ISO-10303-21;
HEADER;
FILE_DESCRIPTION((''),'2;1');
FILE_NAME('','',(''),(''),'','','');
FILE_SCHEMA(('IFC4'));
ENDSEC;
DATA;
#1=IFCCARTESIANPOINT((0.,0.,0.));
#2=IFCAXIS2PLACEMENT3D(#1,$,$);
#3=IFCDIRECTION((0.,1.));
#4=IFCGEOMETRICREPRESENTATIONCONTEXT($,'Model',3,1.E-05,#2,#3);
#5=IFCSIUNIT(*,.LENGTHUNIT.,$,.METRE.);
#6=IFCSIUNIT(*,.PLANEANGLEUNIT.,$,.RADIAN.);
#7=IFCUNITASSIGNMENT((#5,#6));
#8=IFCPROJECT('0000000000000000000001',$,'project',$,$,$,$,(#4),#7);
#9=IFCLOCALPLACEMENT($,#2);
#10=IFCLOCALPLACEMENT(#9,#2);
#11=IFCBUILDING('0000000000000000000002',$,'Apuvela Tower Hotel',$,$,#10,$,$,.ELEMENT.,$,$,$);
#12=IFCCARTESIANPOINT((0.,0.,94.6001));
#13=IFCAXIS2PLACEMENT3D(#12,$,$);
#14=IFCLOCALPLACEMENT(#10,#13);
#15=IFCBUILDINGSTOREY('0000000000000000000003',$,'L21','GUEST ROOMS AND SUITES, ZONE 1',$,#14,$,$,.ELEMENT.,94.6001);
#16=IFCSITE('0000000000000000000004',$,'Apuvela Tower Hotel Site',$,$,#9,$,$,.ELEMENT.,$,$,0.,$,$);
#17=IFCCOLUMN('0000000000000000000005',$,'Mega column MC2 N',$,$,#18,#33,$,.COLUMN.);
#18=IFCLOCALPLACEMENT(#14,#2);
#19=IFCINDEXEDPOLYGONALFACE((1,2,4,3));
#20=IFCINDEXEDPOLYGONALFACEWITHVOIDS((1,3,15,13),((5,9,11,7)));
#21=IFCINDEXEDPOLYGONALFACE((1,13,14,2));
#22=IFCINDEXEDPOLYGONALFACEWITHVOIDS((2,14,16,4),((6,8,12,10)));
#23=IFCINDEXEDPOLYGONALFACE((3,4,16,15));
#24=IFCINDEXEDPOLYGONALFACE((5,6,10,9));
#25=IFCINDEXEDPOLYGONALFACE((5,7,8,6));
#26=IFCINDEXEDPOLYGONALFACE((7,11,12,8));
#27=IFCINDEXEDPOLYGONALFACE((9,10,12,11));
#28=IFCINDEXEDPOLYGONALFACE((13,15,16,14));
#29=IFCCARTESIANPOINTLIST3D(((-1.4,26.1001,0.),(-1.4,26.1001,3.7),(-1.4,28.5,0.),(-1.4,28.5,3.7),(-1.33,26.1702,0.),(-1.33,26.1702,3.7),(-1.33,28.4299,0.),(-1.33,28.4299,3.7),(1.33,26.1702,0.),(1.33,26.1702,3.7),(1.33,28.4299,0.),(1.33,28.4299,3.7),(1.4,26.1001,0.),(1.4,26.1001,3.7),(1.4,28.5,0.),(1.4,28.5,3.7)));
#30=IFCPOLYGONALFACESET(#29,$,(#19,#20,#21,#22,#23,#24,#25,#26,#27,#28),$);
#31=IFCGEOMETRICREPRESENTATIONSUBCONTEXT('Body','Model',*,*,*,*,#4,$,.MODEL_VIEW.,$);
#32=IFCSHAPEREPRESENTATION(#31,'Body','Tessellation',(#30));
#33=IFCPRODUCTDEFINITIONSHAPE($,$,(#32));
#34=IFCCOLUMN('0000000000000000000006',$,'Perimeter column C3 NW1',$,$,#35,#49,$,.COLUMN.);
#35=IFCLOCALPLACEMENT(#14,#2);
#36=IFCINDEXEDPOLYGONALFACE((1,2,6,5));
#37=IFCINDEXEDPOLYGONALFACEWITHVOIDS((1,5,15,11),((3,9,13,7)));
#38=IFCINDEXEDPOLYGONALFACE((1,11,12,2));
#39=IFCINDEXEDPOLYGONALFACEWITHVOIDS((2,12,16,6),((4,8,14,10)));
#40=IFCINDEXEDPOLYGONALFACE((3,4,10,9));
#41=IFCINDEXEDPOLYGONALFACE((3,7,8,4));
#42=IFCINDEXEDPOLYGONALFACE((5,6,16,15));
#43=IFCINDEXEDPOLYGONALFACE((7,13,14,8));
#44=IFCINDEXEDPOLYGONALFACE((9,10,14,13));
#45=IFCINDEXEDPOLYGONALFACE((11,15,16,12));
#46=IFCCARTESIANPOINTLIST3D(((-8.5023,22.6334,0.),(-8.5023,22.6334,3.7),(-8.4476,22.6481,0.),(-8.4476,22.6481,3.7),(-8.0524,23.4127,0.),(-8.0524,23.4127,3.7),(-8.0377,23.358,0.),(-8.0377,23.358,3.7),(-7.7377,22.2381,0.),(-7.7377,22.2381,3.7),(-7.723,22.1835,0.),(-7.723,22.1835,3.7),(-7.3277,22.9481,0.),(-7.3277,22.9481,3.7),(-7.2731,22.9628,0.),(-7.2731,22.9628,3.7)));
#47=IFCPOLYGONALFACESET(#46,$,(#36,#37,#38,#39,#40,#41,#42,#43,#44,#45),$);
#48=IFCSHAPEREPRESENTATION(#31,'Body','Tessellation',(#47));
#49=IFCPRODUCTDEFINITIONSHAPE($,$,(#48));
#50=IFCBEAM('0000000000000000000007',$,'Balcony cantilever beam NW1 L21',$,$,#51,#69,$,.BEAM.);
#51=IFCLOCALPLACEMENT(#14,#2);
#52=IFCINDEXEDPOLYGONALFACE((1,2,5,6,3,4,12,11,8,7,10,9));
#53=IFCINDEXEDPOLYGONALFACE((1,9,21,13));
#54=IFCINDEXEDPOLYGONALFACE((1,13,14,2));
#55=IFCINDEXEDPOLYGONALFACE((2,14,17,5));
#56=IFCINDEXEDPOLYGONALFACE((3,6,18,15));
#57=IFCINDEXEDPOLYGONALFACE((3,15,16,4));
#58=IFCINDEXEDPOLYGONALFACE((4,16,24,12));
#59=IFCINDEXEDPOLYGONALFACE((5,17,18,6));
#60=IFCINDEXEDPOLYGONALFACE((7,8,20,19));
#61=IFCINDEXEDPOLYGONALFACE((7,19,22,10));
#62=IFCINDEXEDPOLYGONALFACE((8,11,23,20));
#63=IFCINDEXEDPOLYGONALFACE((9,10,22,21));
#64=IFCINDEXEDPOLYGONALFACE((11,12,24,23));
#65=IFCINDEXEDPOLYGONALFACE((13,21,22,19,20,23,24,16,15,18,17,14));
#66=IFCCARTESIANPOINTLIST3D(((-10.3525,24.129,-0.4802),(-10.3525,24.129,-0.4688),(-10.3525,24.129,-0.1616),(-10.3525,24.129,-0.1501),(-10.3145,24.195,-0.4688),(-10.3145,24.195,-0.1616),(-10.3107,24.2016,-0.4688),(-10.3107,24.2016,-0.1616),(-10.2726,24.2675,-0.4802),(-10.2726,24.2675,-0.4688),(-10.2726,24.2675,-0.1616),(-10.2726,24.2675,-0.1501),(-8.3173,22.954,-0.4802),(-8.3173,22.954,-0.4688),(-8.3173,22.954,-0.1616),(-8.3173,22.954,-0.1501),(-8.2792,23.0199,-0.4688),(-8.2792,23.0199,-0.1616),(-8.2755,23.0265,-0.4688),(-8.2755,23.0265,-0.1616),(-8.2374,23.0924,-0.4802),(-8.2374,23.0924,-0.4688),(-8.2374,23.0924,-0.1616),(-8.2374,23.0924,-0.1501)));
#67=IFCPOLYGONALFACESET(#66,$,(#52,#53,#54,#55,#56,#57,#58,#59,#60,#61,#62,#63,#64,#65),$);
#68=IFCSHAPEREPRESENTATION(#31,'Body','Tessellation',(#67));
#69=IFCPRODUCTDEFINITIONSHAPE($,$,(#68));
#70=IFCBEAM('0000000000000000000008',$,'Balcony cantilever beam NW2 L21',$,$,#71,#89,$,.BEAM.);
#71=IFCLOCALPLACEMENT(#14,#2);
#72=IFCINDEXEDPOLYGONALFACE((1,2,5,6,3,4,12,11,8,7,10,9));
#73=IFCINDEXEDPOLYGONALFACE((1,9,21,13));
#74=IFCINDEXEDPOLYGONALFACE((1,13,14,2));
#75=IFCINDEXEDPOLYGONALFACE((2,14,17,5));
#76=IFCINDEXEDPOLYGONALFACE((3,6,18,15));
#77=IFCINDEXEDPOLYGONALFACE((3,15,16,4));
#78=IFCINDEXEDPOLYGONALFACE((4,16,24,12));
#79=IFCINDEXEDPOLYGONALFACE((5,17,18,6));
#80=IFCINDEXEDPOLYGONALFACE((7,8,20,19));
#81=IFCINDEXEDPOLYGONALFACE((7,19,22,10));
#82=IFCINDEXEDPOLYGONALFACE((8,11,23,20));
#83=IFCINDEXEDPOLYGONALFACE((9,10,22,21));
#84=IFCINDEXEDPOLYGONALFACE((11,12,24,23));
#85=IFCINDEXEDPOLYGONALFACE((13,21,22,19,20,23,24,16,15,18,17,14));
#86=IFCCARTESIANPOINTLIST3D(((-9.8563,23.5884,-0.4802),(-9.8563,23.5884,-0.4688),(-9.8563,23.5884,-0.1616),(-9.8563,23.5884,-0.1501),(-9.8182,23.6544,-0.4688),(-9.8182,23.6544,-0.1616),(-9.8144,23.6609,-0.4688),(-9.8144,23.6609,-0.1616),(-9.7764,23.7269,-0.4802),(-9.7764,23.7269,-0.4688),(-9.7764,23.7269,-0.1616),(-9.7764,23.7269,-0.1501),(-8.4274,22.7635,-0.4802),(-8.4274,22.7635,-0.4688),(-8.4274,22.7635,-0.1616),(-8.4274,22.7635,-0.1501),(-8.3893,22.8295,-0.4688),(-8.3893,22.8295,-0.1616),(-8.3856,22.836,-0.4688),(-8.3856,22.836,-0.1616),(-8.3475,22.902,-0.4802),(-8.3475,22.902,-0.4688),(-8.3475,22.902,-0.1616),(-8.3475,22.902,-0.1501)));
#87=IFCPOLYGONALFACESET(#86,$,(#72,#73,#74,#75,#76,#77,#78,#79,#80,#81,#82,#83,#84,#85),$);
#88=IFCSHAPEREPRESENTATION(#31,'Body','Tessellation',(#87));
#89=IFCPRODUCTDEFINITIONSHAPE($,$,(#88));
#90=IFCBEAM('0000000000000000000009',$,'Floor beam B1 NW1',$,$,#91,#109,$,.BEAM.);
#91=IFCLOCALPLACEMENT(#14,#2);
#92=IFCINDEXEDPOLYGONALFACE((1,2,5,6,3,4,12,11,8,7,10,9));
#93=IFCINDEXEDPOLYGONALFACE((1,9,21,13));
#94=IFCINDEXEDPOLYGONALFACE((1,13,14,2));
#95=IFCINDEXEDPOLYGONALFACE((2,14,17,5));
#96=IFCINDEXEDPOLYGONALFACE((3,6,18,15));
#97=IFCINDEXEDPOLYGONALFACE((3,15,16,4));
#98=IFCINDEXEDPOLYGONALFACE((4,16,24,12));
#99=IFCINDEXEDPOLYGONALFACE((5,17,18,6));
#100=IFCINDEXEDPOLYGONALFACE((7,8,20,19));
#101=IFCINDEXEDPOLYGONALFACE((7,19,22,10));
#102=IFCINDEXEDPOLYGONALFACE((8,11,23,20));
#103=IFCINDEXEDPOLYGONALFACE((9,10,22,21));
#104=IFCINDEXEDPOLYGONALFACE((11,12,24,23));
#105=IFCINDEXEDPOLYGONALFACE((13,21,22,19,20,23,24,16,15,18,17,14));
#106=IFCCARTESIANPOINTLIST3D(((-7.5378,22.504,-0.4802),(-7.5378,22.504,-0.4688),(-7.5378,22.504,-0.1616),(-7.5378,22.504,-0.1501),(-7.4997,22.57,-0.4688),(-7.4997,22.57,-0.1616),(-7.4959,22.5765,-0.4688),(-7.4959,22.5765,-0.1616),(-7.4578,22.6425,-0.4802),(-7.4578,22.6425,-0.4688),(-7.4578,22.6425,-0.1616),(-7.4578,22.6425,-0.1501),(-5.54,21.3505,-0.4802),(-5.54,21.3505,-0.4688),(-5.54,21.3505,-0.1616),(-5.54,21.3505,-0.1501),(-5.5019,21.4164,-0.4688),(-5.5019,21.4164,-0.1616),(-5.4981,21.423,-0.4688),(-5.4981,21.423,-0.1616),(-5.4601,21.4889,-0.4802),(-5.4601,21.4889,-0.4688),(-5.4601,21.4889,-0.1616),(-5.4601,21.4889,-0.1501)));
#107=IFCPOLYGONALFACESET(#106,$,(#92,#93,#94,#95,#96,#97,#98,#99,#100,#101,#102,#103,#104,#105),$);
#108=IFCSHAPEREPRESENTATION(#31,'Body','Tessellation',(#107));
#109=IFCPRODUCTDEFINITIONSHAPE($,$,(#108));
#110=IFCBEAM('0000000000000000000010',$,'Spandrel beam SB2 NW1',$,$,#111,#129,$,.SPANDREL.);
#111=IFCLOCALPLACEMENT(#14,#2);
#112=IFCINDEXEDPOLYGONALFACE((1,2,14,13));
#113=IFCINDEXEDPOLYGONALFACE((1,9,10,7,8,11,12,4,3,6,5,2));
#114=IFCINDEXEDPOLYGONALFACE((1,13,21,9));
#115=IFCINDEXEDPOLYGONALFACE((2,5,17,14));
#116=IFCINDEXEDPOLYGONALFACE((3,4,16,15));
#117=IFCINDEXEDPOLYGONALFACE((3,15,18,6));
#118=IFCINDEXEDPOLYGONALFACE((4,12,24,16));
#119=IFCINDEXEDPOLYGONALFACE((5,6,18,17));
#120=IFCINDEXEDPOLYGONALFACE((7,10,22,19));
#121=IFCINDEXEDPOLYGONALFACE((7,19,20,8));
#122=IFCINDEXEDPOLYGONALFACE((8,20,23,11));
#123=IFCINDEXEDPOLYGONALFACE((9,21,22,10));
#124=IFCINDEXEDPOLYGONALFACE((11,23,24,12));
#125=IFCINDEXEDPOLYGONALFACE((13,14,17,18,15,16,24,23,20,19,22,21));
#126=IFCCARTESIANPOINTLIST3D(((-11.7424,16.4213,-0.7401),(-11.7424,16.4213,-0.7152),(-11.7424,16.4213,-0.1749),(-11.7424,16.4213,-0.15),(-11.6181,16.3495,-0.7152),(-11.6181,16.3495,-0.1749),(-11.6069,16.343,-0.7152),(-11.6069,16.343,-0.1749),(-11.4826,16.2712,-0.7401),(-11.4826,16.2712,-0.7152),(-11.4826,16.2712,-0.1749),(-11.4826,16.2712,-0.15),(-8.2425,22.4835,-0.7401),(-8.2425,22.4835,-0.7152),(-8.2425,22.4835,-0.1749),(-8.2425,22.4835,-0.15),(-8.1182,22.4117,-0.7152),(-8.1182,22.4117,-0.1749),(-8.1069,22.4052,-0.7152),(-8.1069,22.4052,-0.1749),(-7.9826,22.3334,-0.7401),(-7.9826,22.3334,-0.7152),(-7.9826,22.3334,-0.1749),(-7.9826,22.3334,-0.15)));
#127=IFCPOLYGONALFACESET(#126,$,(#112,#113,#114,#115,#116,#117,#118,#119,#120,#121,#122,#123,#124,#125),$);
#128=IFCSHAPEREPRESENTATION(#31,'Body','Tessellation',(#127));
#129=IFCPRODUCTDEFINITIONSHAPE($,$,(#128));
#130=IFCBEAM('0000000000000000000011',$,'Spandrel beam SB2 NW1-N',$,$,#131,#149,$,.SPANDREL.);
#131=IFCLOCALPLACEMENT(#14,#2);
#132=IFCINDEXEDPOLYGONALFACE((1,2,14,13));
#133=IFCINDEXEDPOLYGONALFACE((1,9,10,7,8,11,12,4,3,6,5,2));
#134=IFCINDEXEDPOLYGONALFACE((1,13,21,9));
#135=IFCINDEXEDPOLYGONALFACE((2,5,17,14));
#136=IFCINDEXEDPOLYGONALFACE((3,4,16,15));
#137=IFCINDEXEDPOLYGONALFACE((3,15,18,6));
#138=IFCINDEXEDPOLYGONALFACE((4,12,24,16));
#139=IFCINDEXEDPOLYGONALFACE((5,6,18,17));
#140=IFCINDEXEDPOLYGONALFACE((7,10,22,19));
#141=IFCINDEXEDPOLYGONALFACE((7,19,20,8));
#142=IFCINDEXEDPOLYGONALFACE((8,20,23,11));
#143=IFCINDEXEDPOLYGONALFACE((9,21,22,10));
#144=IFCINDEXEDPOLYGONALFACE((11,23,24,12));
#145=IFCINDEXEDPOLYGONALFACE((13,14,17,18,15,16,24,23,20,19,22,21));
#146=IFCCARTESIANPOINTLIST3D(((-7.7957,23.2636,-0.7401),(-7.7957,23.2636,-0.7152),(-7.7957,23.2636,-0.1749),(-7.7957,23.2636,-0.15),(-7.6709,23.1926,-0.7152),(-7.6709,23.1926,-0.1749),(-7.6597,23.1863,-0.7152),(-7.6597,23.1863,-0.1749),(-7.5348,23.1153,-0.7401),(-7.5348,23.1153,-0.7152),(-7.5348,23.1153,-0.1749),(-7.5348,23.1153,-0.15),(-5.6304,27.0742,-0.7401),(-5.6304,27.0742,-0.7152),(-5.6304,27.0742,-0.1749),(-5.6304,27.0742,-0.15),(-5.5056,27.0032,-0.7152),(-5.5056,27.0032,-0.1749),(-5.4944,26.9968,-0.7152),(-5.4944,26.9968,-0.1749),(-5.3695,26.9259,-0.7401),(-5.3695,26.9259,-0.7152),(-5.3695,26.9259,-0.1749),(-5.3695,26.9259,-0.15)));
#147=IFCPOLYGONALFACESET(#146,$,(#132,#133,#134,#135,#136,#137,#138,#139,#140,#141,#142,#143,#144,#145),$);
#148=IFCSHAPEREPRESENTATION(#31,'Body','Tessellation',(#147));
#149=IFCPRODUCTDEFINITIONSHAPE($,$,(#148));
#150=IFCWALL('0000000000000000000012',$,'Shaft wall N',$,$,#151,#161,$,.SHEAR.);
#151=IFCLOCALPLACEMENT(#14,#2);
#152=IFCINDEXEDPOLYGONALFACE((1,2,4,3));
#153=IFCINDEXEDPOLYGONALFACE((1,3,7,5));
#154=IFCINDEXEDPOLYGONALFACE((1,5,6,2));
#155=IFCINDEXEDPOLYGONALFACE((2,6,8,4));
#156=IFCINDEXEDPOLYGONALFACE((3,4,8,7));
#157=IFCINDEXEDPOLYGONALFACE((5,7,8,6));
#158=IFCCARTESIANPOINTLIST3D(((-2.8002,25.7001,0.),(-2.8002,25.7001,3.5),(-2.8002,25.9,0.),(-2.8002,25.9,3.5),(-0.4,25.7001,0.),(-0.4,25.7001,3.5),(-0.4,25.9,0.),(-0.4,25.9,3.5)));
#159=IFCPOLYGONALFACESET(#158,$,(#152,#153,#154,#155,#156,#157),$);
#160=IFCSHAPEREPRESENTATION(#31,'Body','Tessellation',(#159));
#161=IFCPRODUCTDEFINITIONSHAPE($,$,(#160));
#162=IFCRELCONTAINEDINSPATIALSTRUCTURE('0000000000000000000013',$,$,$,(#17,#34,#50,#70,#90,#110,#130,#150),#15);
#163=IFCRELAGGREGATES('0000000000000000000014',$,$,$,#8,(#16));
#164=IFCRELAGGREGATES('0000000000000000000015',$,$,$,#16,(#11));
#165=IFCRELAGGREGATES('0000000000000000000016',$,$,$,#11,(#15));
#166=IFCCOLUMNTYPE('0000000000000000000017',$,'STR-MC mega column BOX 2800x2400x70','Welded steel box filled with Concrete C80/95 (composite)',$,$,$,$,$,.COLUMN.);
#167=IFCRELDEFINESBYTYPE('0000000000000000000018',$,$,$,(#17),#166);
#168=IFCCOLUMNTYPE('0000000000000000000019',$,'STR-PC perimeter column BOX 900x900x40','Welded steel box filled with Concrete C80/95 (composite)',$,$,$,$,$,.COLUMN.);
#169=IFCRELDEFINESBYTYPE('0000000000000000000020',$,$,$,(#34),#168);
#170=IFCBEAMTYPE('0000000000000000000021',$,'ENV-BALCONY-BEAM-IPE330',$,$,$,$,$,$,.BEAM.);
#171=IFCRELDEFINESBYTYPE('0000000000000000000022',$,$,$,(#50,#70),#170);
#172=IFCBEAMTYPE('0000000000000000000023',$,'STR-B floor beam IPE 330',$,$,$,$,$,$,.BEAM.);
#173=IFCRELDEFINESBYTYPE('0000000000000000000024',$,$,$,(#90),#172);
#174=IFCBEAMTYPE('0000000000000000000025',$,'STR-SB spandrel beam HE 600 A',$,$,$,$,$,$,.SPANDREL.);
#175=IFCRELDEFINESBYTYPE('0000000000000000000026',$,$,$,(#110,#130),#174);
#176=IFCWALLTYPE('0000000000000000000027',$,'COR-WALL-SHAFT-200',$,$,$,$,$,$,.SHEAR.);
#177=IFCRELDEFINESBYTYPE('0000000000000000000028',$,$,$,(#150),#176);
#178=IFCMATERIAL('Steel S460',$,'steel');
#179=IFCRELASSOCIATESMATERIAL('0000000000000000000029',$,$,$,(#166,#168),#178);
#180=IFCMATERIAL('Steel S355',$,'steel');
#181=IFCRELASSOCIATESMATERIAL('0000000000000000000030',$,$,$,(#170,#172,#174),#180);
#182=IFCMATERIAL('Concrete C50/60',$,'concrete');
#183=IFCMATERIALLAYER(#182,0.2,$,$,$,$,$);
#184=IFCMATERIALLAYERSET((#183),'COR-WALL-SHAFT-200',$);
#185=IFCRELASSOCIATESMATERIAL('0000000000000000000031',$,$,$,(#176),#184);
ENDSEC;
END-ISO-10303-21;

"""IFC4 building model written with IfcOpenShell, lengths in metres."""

from ifc_helpers import new_model, si_unit, direction, frame, frame_2d, origin, origin_2d, place, context, subcontext, project, spatial, rectangle, hollow_rectangle, i_section, extrude, material, layer, layer_set, material_profile, profile_set, type_object, element, save


model = new_model("IFC4")

# Units and contexts
model_context = context("Model", 3, precision=1e-05, world=origin(), true_north=direction((0.0, 1.0)))
body_context = subcontext(model_context, "Body", "Model", "MODEL_VIEW")
ifc_project = project(units=[si_unit("LENGTHUNIT", "METRE"), si_unit("PLANEANGLEUNIT", "RADIAN")], contexts=[model_context])

# Site, building, storey
site_placement = place(None, origin())
site = spatial("IfcSite", under=ifc_project, at=site_placement, Name="Apuvela Tower Hotel Site", CompositionType="ELEMENT", RefElevation=0.0)
building_placement = place(site_placement, origin())
building = spatial("IfcBuilding", under=site, at=building_placement, Name="Apuvela Tower Hotel", CompositionType="ELEMENT")
storey_placement = place(building_placement, frame((0.0, 0.0, 94.6001)))
storey = spatial("IfcBuildingStorey", under=building, at=storey_placement, Name="L21", Description="GUEST ROOMS AND SUITES, ZONE 1", CompositionType="ELEMENT", Elevation=94.6001)

# Columns
ifc_material_1 = material(Name="Steel S460", Category="steel")
ifc_material_profile_1 = material_profile(ifc_material_1, hollow_rectangle(XDim=2.8, YDim=2.3999, WallThickness=0.0701, at=origin_2d()), Name="BOX 2800x2400x70")
ifc_material_2 = material(Name="Concrete C80/95", Category="concrete")
ifc_material_profile_2 = material_profile(ifc_material_2, rectangle(XDim=2.6599, YDim=2.26, at=origin_2d()), Name="Concrete C80/95 infill")
ifc_profile_set_1 = profile_set([ifc_material_profile_1, ifc_material_profile_2], Name="Steel S460")
column_type_1 = type_object("IfcColumnType", Name="STR-MC mega column BOX 2800x2400x70", Description="Welded steel box filled with Concrete C80/95 (composite)", PredefinedType="COLUMN", material=ifc_profile_set_1)
column_1_placement = place(storey_placement, frame((0.0, 27.3, 0.0), z_axis=(0.0, 0.0, 1.0), x_axis=(1.0, 0.0, 0.0)))
element("IfcColumn", 1, at=column_1_placement, inside=storey, type_object=column_type_1, Name="Mega column MC2 N", PredefinedType="COLUMN", context=body_context, shape_type="SweptSolid", body=[
    extrude(hollow_rectangle(XDim=2.8, YDim=2.3999, WallThickness=0.0701, at=origin_2d()), origin(), (0.0, 0.0, 1.0), 3.7),
])
ifc_material_profile_3 = material_profile(ifc_material_1, hollow_rectangle(XDim=0.8999, YDim=0.8999, WallThickness=0.04, at=origin_2d()), Name="BOX 900x900x40")
ifc_material_profile_4 = material_profile(ifc_material_2, rectangle(XDim=0.8201, YDim=0.8201, at=origin_2d()), Name="Concrete C80/95 infill")
ifc_profile_set_2 = profile_set([ifc_material_profile_3, ifc_material_profile_4], Name="Steel S460")
column_type_2 = type_object("IfcColumnType", Name="STR-PC perimeter column BOX 900x900x40", Description="Welded steel box filled with Concrete C80/95 (composite)", PredefinedType="COLUMN", material=ifc_profile_set_2)
column_2_placement = place(storey_placement, frame((-7.8877, 22.7981, 0.0), z_axis=(0.0, 0.0, 1.0), x_axis=(0.5, 0.866025, 0.0)))
element("IfcColumn", 2, at=column_2_placement, inside=storey, type_object=column_type_2, Name="Perimeter column C3 NW1", PredefinedType="COLUMN", context=body_context, shape_type="SweptSolid", body=[
    extrude(hollow_rectangle(XDim=0.8999, YDim=0.8999, WallThickness=0.04, at=origin_2d()), origin(), (0.0, 0.0, 1.0), 3.7),
])

# Beams
ifc_material_3 = material(Name="Steel S355", Category="steel")
ifc_material_profile_5 = material_profile(ifc_material_3, i_section(OverallWidth=0.1599, OverallDepth=0.3301, WebThickness=0.0076, FlangeThickness=0.0115, at=origin_2d()), Name="IPE 330")
ifc_profile_set_3 = profile_set([ifc_material_profile_5], Name="Steel S355")
beam_type_1 = type_object("IfcBeamType", Name="ENV-BALCONY-BEAM-IPE330", PredefinedType="BEAM", material=ifc_profile_set_3)
beam_1_placement = place(storey_placement, frame((-8.2773, 23.0232, -0.3152), z_axis=(-0.866016, 0.500016, 0.0), x_axis=(-0.500016, -0.866016, 0.0)))
element("IfcBeam", 3, at=beam_1_placement, inside=storey, type_object=beam_type_1, Name="Balcony cantilever beam NW1 L21", PredefinedType="BEAM", context=body_context, shape_type="SweptSolid", body=[
    extrude(i_section(OverallWidth=0.1599, OverallDepth=0.3301, WebThickness=0.0076, FlangeThickness=0.0115, at=origin_2d()), origin(), (0.0, 0.0, 1.0), 2.3501),
])
beam_2_placement = place(storey_placement, frame((-8.3875, 22.8328, -0.3152), z_axis=(-0.86604, 0.499974, 0.0), x_axis=(-0.499974, -0.86604, 0.0)))
element("IfcBeam", 4, at=beam_2_placement, inside=storey, type_object=beam_type_1, Name="Balcony cantilever beam NW2 L21", PredefinedType="BEAM", context=body_context, shape_type="SweptSolid", body=[
    extrude(i_section(OverallWidth=0.1599, OverallDepth=0.3301, WebThickness=0.0076, FlangeThickness=0.0115, at=origin_2d()), origin(), (0.0, 0.0, 1.0), 1.6499),
])
ifc_material_profile_6 = material_profile(ifc_material_3, i_section(OverallWidth=0.1599, OverallDepth=0.3301, WebThickness=0.0076, FlangeThickness=0.0115, at=origin_2d()), Name="IPE 330")
ifc_profile_set_4 = profile_set([ifc_material_profile_6], Name="Steel S355")
beam_type_2 = type_object("IfcBeamType", Name="STR-B floor beam IPE 330", PredefinedType="BEAM", material=ifc_profile_set_4)
beam_3_placement = place(storey_placement, frame((-7.4978, 22.5732, -0.3152), z_axis=(0.866001, -0.500043, 0.0), x_axis=(0.500043, 0.866001, 0.0)))
element("IfcBeam", 5, at=beam_3_placement, inside=storey, type_object=beam_type_2, Name="Floor beam B1 NW1", PredefinedType="BEAM", context=body_context, shape_type="SweptSolid", body=[
    extrude(i_section(OverallWidth=0.1599, OverallDepth=0.3301, WebThickness=0.0076, FlangeThickness=0.0115, at=origin_2d()), origin(), (0.0, 0.0, 1.0), 2.3069),
])
ifc_material_profile_7 = material_profile(ifc_material_3, i_section(OverallWidth=0.3, OverallDepth=0.5901, WebThickness=0.0129, FlangeThickness=0.0249, at=origin_2d()), Name="HE 600 A")
ifc_profile_set_5 = profile_set([ifc_material_profile_7], Name="Steel S355")
beam_type_3 = type_object("IfcBeamType", Name="STR-SB spandrel beam HE 600 A", PredefinedType="SPANDREL", material=ifc_profile_set_5)
beam_4_placement = place(storey_placement, frame((-8.1125, 22.4084, -0.4451), z_axis=(-0.499995, -0.866028, 0.0), x_axis=(0.866028, -0.499995, 0.0)))
element("IfcBeam", 6, at=beam_4_placement, inside=storey, type_object=beam_type_3, Name="Spandrel beam SB2 NW1", PredefinedType="SPANDREL", context=body_context, shape_type="SweptSolid", body=[
    extrude(i_section(OverallWidth=0.3, OverallDepth=0.5901, WebThickness=0.0129, FlangeThickness=0.0249, at=origin_2d()), origin(), (0.0, 0.0, 1.0), 7.0),
])
beam_5_placement = place(storey_placement, frame((-7.6653, 23.1895, -0.4451), z_axis=(0.494044, 0.869437, 0.0), x_axis=(-0.869437, 0.494044, 0.0)))
element("IfcBeam", 7, at=beam_5_placement, inside=storey, type_object=beam_type_3, Name="Spandrel beam SB2 NW1-N", PredefinedType="SPANDREL", context=body_context, shape_type="SweptSolid", body=[
    extrude(i_section(OverallWidth=0.3, OverallDepth=0.5901, WebThickness=0.0129, FlangeThickness=0.0249, at=origin_2d()), origin(), (0.0, 0.0, 1.0), 4.3828),
])

# Wall
ifc_material_4 = material(Name="Concrete C50/60", Category="concrete")
ifc_layer_1 = layer(ifc_material_4, 0.2)
ifc_layer_set_1 = layer_set([ifc_layer_1], Name="COR-WALL-SHAFT-200")
wall_type_1 = type_object("IfcWallType", Name="COR-WALL-SHAFT-200", PredefinedType="SHEAR", material=ifc_layer_set_1)
wall_1_placement = place(storey_placement, frame((-0.3999, 25.8, 0.0), z_axis=(0.0, 0.0, 1.0), x_axis=(-1.0, 0.0, 0.0)))
element("IfcWall", 8, at=wall_1_placement, inside=storey, type_object=wall_type_1, Name="Shaft wall N", PredefinedType="SHEAR", context=body_context, shape_type="SweptSolid", body=[
    extrude(rectangle(XDim=2.4001, YDim=0.2, at=frame_2d((1.2002, 0.0))), origin(), (0.0, 0.0, 1.0), 3.5),
])

save(model, "model.ifc")
